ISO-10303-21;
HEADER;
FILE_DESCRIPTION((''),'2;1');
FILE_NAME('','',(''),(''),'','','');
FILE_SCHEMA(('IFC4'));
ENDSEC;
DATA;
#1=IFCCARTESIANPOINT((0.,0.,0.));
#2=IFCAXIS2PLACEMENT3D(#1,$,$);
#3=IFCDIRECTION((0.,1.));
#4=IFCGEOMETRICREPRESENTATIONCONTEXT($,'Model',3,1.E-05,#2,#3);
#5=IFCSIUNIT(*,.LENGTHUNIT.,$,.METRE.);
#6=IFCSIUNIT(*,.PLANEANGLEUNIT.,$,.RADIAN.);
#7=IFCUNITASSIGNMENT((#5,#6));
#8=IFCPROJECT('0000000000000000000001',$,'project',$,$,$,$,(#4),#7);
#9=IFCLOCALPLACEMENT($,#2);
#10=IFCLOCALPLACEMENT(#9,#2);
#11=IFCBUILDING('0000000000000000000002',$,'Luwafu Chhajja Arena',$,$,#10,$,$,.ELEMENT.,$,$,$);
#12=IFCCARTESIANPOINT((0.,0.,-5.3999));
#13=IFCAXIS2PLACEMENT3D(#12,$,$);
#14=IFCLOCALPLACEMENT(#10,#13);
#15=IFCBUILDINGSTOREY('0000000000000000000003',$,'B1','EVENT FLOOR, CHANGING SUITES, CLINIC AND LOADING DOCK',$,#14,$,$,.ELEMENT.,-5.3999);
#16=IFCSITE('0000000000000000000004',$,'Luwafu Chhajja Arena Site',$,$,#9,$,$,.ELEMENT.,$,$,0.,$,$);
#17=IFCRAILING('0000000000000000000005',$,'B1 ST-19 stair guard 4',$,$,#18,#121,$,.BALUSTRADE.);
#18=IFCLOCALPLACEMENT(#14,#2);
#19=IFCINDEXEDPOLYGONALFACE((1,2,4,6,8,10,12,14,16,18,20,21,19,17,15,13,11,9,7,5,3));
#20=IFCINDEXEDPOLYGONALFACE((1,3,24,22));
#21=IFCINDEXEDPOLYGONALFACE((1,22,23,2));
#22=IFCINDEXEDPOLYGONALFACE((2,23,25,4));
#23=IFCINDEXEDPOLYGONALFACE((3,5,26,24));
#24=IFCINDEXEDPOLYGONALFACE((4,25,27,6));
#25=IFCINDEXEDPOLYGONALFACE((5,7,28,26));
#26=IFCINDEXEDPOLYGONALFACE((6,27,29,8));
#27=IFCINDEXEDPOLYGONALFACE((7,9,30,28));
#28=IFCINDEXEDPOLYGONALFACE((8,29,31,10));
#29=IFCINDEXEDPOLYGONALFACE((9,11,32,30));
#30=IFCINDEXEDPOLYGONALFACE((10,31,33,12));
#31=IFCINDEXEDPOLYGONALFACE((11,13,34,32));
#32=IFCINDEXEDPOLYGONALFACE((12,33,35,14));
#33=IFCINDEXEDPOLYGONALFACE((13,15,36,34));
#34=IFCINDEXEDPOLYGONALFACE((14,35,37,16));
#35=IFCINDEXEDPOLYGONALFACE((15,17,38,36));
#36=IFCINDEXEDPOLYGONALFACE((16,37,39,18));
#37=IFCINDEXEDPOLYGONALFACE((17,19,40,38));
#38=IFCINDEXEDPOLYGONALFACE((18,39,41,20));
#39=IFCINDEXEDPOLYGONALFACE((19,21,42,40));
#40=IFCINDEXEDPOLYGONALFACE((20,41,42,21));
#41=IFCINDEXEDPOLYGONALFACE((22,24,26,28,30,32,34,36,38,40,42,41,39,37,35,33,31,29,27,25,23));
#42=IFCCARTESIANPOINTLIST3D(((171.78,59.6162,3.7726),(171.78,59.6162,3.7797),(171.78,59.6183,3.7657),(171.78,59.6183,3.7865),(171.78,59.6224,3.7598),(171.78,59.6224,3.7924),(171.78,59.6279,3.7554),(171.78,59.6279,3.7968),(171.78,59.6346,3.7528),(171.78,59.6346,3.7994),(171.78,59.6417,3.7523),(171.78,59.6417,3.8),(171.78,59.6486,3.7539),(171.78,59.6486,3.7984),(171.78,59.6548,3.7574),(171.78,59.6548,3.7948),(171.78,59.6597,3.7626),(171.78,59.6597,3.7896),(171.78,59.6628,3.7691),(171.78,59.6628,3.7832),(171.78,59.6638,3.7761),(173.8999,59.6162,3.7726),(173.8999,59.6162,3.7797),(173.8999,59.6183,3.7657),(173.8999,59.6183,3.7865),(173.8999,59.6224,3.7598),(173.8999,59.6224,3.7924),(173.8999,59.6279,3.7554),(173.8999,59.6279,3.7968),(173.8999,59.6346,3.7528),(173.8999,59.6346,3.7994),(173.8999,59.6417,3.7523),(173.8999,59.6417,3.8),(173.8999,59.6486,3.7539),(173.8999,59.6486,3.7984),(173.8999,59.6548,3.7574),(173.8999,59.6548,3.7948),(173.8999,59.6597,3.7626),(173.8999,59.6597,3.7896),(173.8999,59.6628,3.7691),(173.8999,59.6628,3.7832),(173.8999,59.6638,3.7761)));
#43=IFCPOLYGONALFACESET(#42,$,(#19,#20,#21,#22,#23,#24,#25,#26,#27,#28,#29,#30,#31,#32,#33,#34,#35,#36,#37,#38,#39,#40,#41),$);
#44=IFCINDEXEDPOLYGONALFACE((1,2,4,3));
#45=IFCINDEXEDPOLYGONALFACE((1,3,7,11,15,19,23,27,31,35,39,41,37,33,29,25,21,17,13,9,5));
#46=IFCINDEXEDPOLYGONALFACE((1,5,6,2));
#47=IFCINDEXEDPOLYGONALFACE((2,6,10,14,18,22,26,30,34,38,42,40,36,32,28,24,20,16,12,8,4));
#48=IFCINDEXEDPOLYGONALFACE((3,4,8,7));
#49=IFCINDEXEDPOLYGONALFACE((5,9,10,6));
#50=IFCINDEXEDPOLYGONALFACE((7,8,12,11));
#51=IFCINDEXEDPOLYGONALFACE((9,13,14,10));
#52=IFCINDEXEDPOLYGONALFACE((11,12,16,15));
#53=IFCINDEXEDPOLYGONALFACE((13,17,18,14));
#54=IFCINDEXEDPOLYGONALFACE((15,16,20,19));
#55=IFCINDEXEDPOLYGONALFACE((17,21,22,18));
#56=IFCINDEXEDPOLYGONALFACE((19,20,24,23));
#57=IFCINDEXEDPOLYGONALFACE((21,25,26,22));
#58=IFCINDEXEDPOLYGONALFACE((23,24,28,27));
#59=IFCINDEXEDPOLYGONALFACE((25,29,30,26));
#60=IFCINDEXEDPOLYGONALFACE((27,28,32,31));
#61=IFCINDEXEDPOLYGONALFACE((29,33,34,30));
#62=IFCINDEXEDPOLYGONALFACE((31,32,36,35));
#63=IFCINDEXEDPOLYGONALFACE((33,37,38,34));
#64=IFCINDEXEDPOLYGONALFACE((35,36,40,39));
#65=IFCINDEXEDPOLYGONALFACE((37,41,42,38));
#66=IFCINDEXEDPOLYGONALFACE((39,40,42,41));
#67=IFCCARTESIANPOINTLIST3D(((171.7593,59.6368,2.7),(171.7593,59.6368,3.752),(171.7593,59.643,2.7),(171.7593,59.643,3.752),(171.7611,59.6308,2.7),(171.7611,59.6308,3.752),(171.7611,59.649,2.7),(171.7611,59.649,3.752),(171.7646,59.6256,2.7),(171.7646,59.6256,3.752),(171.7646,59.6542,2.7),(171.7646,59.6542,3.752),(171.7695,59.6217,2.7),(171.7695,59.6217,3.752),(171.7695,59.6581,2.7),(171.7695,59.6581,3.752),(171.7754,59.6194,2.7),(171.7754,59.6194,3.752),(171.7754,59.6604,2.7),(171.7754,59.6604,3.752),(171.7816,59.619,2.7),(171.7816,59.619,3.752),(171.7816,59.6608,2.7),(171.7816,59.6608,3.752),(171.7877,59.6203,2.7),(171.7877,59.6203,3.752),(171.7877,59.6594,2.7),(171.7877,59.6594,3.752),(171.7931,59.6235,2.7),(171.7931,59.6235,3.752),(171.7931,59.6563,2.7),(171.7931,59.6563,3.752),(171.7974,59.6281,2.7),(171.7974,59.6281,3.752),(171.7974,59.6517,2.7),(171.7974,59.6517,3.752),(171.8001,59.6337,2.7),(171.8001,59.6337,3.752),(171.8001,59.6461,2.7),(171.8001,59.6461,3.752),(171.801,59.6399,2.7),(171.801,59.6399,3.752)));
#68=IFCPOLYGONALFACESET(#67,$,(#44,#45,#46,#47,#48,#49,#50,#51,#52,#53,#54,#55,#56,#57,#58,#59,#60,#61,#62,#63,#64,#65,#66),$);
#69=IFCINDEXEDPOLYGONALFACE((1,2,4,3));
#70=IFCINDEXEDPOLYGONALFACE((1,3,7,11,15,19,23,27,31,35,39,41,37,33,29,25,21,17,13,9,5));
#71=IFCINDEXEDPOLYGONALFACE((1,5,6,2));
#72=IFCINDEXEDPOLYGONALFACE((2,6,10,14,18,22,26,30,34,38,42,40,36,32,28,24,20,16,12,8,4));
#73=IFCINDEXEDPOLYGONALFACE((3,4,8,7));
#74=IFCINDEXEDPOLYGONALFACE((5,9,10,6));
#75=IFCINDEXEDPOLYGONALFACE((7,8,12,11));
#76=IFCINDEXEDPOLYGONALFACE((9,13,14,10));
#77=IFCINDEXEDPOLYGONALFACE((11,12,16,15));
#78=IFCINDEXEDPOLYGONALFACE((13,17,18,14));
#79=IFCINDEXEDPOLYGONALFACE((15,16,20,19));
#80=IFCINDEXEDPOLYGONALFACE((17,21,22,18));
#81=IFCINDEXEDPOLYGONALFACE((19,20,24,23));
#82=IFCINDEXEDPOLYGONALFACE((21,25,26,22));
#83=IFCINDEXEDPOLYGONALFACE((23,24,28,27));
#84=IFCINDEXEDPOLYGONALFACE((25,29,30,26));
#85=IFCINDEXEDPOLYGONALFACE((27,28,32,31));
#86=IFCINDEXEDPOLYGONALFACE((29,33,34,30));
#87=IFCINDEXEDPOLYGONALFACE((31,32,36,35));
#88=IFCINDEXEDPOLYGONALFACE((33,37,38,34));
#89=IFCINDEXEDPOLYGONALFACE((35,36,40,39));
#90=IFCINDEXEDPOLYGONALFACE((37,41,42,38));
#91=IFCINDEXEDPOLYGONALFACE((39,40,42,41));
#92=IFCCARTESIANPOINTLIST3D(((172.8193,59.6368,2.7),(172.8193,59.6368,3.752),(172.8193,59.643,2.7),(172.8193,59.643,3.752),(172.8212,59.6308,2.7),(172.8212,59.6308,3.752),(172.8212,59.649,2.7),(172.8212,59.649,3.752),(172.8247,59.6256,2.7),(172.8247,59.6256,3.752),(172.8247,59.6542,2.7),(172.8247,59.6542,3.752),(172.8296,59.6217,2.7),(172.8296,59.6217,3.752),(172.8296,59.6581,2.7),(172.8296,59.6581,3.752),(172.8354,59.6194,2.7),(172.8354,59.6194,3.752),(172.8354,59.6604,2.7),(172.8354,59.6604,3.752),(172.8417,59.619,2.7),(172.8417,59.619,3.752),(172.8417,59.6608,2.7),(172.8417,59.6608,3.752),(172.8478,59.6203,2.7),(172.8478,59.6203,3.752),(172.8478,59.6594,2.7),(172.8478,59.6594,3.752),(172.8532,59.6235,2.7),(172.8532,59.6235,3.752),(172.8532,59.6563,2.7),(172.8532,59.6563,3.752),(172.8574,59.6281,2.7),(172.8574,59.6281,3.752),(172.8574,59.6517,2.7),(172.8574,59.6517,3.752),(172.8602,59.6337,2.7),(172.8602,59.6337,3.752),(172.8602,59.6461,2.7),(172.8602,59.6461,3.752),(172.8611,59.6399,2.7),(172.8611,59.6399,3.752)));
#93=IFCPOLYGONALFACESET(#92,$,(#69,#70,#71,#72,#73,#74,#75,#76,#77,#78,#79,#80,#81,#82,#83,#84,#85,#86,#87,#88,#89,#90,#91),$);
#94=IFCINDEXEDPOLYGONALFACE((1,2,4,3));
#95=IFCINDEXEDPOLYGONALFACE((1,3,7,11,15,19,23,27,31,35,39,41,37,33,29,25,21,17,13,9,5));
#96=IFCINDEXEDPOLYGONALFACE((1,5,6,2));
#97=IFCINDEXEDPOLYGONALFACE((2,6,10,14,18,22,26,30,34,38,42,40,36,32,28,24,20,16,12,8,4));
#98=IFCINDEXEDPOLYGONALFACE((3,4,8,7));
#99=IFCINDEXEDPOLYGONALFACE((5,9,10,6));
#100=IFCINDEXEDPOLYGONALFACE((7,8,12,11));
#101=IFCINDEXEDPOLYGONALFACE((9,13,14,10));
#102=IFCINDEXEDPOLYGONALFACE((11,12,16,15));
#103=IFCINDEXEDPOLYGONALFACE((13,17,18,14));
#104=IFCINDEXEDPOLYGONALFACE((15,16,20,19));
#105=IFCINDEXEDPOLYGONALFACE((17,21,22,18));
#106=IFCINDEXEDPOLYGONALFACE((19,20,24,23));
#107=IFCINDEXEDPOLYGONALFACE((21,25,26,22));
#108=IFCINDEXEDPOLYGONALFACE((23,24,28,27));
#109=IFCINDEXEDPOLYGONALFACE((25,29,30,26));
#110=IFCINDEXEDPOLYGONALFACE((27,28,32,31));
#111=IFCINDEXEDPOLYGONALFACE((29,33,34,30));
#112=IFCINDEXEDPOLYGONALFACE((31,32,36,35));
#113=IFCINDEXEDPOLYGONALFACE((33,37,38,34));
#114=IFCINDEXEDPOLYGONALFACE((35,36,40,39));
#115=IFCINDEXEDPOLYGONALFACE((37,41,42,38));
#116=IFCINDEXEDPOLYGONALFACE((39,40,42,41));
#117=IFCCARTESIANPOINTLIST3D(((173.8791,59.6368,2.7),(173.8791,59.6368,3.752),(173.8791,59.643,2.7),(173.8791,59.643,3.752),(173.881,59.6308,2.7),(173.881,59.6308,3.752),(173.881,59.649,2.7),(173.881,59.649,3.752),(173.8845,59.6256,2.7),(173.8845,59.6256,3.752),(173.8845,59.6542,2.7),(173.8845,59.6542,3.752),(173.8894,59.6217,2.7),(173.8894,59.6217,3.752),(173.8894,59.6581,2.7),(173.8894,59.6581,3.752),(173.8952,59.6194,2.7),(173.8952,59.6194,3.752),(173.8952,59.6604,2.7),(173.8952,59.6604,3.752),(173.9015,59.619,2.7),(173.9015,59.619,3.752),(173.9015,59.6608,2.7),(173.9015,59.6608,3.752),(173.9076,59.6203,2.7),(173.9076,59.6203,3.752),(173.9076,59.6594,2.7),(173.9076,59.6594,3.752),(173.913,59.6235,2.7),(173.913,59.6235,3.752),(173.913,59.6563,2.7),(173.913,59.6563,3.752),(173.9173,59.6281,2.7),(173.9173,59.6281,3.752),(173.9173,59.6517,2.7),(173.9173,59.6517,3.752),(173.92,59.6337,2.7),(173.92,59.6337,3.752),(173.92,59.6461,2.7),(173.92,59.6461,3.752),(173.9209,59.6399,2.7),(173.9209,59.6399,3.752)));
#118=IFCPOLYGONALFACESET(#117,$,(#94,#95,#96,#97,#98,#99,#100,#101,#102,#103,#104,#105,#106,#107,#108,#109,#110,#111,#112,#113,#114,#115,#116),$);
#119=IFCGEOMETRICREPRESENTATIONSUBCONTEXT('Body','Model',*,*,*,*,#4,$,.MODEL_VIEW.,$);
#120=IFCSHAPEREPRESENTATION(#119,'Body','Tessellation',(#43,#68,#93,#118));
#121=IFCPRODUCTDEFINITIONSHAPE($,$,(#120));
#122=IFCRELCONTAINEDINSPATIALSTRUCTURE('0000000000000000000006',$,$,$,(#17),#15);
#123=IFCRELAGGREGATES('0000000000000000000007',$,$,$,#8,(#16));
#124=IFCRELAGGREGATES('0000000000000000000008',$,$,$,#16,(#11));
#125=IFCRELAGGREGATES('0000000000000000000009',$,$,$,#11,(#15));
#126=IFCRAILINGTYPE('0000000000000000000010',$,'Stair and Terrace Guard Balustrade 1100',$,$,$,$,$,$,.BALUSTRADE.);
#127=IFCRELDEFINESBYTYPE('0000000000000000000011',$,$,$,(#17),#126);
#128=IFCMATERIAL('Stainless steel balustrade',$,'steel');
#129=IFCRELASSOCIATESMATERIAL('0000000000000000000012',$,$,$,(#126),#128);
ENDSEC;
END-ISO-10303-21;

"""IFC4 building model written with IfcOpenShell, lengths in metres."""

from ifc_helpers import new_model, si_unit, direction, frame, origin, origin_2d, place, context, subcontext, project, spatial, circle, extrude, material, type_object, element, save


model = new_model("IFC4")

# Units and contexts
model_context = context("Model", 3, precision=1e-05, world=origin(), true_north=direction((0.0, 1.0)))
body_context = subcontext(model_context, "Body", "Model", "MODEL_VIEW")
ifc_project = project(units=[si_unit("LENGTHUNIT", "METRE"), si_unit("PLANEANGLEUNIT", "RADIAN")], contexts=[model_context])

# Site, building, storey
site_placement = place(None, origin())
site = spatial("IfcSite", under=ifc_project, at=site_placement, Name="Luwafu Chhajja Arena Site", CompositionType="ELEMENT", RefElevation=0.0)
building_placement = place(site_placement, origin())
building = spatial("IfcBuilding", under=site, at=building_placement, Name="Luwafu Chhajja Arena", CompositionType="ELEMENT")
storey_placement = place(building_placement, frame((0.0, 0.0, -5.3999)))
storey = spatial("IfcBuildingStorey", under=building, at=storey_placement, Name="B1", Description="EVENT FLOOR, CHANGING SUITES, CLINIC AND LOADING DOCK", CompositionType="ELEMENT", Elevation=-5.3999)

# Railing
ifc_material_1 = material(Name="Stainless steel balustrade", Category="steel")
railing_type_1 = type_object("IfcRailingType", Name="Stair and Terrace Guard Balustrade 1100", PredefinedType="BALUSTRADE", material=ifc_material_1)
for number, where, name in (
    (1, (171.78, 59.6399, 2.7), "B1 ST-19 stair guard 4"),
):
    element("IfcRailing", number, at=place(storey_placement, frame(where)), inside=storey, type_object=railing_type_1, Name=name, PredefinedType="BALUSTRADE", context=body_context, shape_type="SweptSolid", body=[
        extrude(circle(Radius=0.0239, at=origin_2d()), frame((0.0, 0.0, 1.0762), z_axis=(1.0, 0.0, 0.0), x_axis=(0.0, 1.0, 0.0)), (0.0, 0.0, 1.0), 2.1199),
        extrude(circle(Radius=0.021, at=origin_2d()), origin(), (0.0, 0.0, 1.0), 1.052),
        extrude(circle(Radius=0.021, at=origin_2d()), frame((1.0601, 0.0, 0.0)), (0.0, 0.0, 1.0), 1.052),
        extrude(circle(Radius=0.021, at=origin_2d()), frame((2.1199, 0.0, 0.0)), (0.0, 0.0, 1.0), 1.052),
    ])

save(model, "model.ifc")
